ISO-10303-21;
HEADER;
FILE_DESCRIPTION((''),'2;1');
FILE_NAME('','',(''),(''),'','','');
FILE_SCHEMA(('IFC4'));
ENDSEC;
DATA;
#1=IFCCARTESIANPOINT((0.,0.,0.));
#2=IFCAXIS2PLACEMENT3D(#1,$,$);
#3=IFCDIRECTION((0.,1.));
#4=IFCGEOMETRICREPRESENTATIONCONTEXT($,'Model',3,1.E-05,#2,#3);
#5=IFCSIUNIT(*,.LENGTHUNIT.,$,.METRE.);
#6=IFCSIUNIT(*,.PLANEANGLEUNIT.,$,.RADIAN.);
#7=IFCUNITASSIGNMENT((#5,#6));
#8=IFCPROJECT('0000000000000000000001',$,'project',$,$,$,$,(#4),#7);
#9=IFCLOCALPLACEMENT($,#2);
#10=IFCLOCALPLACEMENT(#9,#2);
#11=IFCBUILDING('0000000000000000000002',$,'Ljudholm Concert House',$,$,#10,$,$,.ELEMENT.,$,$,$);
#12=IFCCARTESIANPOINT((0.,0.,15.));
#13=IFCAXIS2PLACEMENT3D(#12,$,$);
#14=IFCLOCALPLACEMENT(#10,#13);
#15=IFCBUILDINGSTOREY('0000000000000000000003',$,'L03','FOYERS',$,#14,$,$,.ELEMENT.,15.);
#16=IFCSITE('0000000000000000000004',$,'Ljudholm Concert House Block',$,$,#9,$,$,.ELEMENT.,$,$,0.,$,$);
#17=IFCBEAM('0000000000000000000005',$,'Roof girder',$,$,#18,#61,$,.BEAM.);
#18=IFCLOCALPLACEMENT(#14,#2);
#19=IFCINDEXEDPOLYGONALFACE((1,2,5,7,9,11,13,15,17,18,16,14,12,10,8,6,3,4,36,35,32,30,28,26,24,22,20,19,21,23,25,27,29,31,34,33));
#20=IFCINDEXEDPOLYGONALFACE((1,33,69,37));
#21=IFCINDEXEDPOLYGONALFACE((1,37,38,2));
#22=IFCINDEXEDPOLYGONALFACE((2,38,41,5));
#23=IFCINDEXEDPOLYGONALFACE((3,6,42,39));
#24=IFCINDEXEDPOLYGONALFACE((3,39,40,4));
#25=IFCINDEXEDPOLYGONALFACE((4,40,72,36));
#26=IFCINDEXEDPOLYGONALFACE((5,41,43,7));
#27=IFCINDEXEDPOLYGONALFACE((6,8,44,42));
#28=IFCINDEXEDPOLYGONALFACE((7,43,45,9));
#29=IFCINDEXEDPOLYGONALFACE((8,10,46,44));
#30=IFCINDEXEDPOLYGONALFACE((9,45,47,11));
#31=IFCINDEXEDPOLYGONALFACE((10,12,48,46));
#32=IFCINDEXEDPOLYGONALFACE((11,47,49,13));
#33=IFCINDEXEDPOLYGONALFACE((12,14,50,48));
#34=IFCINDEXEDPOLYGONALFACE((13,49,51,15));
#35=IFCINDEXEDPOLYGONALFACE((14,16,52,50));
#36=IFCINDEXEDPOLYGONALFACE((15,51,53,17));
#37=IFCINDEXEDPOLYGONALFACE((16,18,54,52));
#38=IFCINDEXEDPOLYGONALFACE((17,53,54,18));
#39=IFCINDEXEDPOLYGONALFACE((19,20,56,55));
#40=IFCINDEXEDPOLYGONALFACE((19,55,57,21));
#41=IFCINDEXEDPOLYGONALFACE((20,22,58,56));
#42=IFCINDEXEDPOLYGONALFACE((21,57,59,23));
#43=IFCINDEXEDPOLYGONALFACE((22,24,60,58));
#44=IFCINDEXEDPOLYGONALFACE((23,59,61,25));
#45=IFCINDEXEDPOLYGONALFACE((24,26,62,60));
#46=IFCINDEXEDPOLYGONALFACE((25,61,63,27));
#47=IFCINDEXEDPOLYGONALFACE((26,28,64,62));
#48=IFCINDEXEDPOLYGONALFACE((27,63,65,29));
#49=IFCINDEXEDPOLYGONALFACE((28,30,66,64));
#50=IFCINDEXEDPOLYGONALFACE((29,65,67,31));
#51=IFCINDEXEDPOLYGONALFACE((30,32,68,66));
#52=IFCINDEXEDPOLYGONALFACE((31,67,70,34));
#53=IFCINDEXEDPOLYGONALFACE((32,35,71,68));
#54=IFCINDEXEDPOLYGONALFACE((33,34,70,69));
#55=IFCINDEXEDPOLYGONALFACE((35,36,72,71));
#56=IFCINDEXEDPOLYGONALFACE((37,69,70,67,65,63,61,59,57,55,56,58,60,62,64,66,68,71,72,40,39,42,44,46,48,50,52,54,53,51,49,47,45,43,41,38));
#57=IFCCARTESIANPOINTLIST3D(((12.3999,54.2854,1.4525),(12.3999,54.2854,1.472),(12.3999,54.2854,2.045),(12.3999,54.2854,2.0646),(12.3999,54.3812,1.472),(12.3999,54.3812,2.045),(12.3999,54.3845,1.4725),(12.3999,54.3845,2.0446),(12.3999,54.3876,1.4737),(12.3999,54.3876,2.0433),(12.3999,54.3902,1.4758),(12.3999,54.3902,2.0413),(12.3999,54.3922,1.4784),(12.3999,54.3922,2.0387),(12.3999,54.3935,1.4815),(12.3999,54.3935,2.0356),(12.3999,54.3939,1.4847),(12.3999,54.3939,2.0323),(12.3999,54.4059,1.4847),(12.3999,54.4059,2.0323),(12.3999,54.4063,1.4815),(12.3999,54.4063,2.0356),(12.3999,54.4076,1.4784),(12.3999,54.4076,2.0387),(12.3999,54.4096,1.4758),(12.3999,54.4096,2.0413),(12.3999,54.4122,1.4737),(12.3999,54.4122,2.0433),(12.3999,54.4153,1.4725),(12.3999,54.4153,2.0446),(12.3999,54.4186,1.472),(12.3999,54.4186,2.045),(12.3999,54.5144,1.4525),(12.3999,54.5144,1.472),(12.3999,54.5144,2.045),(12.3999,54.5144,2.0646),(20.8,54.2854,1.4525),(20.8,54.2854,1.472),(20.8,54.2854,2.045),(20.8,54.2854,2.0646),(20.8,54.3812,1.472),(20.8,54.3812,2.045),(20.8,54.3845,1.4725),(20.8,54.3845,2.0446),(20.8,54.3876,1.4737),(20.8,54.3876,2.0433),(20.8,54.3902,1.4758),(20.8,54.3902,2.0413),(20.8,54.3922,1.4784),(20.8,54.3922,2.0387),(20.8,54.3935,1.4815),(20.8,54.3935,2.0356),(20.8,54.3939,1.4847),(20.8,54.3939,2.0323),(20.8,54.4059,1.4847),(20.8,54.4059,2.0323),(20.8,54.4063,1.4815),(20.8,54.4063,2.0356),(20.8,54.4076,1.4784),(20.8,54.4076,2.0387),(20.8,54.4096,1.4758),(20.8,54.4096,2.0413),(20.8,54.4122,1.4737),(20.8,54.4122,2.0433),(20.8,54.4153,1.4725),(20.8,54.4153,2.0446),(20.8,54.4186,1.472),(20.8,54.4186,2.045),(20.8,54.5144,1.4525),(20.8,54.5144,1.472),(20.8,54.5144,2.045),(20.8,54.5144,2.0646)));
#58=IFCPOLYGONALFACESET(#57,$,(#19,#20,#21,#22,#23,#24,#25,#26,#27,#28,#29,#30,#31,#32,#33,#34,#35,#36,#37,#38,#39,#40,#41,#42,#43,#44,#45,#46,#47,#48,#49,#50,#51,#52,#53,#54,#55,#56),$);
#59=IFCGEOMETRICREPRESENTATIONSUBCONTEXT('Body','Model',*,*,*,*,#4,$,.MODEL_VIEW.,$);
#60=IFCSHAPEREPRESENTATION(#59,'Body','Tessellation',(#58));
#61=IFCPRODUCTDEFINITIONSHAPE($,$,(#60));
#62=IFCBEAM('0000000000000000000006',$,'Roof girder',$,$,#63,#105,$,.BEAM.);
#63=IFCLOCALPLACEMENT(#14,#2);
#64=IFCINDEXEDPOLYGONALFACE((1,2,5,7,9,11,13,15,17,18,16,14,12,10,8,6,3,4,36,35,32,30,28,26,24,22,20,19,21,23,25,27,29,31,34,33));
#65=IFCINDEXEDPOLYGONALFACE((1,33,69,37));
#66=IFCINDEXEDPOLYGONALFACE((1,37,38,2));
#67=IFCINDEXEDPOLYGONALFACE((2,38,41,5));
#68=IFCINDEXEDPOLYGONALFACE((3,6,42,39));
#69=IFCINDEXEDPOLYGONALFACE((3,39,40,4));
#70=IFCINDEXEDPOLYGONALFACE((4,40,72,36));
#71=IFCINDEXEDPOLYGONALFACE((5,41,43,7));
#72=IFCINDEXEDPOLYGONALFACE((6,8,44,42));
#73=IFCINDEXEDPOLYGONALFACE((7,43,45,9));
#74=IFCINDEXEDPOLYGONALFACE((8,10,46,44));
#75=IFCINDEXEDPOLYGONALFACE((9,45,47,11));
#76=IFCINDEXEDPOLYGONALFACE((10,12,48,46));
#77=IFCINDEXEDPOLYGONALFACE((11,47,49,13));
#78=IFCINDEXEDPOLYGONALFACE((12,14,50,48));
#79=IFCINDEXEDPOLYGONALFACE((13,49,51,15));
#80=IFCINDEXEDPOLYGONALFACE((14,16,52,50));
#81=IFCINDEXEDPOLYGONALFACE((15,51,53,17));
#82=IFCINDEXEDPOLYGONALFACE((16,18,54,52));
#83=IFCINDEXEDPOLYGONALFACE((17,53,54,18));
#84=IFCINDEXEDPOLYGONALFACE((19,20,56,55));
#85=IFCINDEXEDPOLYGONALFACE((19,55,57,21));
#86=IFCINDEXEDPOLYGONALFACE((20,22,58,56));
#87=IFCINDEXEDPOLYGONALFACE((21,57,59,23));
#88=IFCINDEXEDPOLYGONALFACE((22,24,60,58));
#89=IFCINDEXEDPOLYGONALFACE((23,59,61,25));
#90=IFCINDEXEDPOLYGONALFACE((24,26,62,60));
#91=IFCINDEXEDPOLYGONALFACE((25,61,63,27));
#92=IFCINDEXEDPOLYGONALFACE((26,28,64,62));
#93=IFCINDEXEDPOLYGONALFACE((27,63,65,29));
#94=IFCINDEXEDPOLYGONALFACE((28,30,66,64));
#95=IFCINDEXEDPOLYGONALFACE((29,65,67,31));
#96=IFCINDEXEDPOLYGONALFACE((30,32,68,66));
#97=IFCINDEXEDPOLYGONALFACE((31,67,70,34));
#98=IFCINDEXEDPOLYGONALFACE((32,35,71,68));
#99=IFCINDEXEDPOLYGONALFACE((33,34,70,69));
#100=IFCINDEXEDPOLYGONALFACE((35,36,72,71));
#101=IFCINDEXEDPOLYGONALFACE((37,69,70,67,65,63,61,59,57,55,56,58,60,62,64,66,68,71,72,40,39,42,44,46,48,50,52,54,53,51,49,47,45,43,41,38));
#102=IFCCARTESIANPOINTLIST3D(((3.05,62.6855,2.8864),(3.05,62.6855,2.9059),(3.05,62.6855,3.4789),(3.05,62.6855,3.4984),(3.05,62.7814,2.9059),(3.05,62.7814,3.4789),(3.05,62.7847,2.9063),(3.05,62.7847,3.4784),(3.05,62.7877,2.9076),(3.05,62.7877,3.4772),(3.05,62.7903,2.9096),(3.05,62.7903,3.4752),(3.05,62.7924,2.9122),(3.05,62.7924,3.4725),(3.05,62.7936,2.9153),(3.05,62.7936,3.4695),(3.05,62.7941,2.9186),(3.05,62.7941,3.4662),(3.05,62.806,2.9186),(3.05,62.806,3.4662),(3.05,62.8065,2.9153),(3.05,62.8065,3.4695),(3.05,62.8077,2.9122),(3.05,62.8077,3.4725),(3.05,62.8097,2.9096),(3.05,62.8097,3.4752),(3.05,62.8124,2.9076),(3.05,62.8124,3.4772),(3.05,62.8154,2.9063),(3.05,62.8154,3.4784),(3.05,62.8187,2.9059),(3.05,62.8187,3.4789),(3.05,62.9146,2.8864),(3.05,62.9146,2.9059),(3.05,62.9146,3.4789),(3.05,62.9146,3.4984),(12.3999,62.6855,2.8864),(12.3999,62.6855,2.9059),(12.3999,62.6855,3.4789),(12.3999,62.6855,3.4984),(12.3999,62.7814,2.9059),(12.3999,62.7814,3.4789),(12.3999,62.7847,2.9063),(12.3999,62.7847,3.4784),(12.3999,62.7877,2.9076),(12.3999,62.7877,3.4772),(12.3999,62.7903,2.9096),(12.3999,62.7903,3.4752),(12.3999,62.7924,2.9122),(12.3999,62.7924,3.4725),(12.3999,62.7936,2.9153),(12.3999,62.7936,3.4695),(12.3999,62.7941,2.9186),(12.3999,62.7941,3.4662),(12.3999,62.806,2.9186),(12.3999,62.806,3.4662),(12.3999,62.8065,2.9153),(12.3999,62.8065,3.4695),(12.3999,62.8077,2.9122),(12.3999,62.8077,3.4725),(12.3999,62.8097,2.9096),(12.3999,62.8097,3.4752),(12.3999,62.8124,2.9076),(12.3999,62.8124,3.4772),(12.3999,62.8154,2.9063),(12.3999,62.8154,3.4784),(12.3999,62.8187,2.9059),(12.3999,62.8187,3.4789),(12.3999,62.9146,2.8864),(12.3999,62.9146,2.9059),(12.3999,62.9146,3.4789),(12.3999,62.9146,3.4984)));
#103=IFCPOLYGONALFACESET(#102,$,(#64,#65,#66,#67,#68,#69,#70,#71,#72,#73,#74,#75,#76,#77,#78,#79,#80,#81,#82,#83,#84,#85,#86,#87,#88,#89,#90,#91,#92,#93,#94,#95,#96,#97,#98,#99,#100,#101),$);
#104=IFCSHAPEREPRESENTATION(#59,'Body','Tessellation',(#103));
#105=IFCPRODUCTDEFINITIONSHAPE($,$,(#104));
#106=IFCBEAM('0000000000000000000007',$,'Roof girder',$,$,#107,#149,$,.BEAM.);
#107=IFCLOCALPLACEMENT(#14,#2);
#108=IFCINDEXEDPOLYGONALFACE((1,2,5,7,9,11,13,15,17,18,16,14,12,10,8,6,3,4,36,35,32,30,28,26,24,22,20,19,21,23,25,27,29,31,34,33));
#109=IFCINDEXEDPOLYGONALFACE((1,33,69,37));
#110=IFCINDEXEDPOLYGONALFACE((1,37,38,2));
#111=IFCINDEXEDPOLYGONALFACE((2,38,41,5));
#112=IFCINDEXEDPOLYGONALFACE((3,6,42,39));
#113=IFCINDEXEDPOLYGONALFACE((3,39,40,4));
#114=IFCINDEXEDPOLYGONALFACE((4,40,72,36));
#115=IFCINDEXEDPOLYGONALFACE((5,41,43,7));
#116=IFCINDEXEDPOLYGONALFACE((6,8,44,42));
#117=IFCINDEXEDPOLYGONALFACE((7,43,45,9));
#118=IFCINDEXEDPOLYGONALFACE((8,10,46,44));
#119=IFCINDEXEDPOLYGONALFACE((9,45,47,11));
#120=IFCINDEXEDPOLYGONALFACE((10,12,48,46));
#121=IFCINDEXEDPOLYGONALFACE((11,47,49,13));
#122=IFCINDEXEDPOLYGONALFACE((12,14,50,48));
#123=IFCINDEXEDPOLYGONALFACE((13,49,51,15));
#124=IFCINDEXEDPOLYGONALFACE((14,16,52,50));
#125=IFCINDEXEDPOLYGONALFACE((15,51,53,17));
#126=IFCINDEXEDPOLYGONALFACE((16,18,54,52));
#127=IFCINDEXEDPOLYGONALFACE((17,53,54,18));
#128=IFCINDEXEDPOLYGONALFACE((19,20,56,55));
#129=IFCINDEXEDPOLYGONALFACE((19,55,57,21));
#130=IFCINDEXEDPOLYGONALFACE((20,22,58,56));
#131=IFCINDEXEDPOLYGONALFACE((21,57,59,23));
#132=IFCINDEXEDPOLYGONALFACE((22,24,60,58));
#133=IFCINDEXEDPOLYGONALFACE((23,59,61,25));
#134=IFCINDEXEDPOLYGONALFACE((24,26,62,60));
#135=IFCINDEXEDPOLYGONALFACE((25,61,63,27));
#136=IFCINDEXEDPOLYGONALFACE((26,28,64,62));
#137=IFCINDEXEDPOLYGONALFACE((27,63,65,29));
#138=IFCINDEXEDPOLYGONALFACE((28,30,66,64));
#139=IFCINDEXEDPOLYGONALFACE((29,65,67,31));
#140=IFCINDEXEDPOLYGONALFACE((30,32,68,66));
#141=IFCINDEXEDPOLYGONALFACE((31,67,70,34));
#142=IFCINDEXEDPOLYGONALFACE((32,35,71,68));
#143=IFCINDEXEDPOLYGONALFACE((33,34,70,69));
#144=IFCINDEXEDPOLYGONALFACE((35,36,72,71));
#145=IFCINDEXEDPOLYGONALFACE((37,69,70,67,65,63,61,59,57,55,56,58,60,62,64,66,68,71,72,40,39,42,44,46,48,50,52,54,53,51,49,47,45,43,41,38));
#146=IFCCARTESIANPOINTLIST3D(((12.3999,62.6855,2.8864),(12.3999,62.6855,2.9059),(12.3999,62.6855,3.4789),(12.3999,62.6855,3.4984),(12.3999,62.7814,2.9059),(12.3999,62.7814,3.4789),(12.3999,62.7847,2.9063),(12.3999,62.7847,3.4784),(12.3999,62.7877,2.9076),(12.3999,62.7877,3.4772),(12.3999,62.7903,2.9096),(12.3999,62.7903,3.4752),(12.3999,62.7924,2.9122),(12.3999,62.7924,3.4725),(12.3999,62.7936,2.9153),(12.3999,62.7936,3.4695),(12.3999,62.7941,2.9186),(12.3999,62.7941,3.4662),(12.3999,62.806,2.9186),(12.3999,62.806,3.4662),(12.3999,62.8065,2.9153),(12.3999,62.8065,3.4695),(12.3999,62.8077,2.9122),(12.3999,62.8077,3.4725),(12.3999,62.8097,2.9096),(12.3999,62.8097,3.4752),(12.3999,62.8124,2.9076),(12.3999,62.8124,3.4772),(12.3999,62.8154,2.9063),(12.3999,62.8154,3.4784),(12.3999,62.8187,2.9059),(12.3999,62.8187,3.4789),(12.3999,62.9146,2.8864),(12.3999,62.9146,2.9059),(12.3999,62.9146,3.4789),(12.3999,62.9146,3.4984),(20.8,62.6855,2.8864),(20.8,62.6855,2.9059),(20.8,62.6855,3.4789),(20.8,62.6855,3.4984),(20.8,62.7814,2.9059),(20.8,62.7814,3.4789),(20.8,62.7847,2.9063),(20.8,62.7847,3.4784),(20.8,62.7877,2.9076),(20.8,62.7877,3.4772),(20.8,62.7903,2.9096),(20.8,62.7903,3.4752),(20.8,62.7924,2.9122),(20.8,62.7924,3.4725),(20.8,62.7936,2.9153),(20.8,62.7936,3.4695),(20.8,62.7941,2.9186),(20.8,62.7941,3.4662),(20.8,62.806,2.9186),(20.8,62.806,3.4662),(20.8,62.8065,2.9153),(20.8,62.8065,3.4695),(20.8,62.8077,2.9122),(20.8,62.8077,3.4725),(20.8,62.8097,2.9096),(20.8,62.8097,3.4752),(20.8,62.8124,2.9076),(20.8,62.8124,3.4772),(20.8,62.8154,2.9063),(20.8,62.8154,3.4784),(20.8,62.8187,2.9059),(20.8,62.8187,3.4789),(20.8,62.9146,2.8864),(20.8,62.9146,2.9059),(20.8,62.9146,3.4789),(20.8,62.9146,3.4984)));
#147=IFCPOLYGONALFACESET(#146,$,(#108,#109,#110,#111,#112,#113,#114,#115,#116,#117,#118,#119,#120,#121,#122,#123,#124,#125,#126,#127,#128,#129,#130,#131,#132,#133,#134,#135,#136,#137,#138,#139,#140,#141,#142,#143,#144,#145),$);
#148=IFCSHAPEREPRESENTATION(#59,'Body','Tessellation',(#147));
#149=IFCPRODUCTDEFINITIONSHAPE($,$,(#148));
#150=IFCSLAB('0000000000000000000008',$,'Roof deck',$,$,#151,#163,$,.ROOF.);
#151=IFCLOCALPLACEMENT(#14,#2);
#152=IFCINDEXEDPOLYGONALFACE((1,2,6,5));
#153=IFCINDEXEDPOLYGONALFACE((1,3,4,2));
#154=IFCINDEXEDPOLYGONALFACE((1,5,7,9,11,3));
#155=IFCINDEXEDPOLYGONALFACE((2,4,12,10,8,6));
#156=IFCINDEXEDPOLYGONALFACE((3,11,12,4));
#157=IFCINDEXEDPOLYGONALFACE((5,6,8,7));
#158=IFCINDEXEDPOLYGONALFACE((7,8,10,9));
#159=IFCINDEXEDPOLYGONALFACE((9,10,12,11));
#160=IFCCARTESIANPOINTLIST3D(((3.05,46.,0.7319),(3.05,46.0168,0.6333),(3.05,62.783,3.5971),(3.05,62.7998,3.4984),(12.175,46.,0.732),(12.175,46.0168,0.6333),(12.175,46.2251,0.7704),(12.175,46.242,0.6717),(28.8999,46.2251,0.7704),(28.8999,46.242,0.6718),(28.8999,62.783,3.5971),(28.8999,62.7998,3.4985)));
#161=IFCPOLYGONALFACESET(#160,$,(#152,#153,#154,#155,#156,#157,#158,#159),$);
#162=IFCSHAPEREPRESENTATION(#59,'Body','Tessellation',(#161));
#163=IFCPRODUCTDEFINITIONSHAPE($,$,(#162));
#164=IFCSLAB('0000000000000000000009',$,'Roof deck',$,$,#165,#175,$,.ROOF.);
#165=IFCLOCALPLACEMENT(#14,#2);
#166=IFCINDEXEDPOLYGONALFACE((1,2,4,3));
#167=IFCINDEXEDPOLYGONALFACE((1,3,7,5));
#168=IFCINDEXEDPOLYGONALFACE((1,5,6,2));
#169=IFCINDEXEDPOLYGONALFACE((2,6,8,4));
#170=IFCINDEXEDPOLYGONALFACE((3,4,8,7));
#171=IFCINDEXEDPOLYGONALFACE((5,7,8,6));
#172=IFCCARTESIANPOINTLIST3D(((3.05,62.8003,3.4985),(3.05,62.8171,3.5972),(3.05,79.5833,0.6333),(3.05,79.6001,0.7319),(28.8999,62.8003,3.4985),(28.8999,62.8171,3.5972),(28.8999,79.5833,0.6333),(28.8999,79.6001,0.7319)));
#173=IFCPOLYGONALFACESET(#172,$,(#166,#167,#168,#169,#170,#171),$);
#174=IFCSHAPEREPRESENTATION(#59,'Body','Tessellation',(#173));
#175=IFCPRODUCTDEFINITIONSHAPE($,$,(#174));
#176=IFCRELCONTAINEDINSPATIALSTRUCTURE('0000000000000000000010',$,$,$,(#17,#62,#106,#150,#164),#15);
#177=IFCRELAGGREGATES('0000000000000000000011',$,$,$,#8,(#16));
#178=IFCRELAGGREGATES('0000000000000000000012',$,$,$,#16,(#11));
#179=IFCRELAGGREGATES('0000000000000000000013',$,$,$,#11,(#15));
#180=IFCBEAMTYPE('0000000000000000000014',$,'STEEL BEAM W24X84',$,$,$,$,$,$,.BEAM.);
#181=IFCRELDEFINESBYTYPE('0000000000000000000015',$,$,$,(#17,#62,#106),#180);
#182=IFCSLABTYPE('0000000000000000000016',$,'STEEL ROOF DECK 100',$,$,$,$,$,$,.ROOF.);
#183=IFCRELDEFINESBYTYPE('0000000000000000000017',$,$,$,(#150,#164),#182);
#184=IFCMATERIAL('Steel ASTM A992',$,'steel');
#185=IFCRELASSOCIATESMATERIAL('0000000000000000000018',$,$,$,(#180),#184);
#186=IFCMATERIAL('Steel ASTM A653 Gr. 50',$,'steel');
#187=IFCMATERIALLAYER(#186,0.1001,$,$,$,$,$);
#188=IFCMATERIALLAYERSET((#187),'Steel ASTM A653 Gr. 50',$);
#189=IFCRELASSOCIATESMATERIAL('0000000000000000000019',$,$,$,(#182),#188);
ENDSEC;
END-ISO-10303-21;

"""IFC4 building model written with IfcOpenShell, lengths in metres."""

from ifc_helpers import new_model, si_unit, direction, frame, origin, origin_2d, place, context, subcontext, project, spatial, polyline, i_section, outline, extrude, material, layer, layer_set, material_profile, profile_set, type_object, element, save


model = new_model("IFC4")

# Units and contexts
model_context = context("Model", 3, precision=1e-05, world=origin(), true_north=direction((0.0, 1.0)))
body_context = subcontext(model_context, "Body", "Model", "MODEL_VIEW")
ifc_project = project(units=[si_unit("LENGTHUNIT", "METRE"), si_unit("PLANEANGLEUNIT", "RADIAN")], contexts=[model_context])

# Site, building, storey
site_placement = place(None, origin())
site = spatial("IfcSite", under=ifc_project, at=site_placement, Name="Ljudholm Concert House Block", CompositionType="ELEMENT", RefElevation=0.0)
building_placement = place(site_placement, origin())
building = spatial("IfcBuilding", under=site, at=building_placement, Name="Ljudholm Concert House", CompositionType="ELEMENT")
storey_placement = place(building_placement, frame((0.0, 0.0, 15.0)))
storey = spatial("IfcBuildingStorey", under=building, at=storey_placement, Name="L03", Description="FOYERS", CompositionType="ELEMENT", Elevation=15.0)

# Beams
ifc_material_1 = material(Name="Steel ASTM A992", Category="steel")
ifc_material_profile_1 = material_profile(ifc_material_1, i_section(OverallWidth=0.229, OverallDepth=0.6121, WebThickness=0.012, FlangeThickness=0.0195, FilletRadius=0.0127, at=origin_2d()), Name="W24X84")
ifc_profile_set_1 = profile_set([ifc_material_profile_1], Name="Steel ASTM A992")
beam_type_1 = type_object("IfcBeamType", Name="STEEL BEAM W24X84", PredefinedType="BEAM", material=ifc_profile_set_1)
beam_1_placement = place(storey_placement, frame((12.3999, 54.3999, 1.7585), z_axis=(1.0, 0.0, 0.0), x_axis=(0.0, 1.0, 0.0)))
element("IfcBeam", 1, at=beam_1_placement, inside=storey, type_object=beam_type_1, Name="Roof girder", PredefinedType="BEAM", context=body_context, shape_type="SweptSolid", body=[
    extrude(i_section(OverallWidth=0.229, OverallDepth=0.6121, WebThickness=0.012, FlangeThickness=0.0195, FilletRadius=0.0127, at=origin_2d()), origin(), (0.0, 0.0, 1.0), 8.4001),
])
beam_2_placement = place(storey_placement, frame((3.05, 62.8, 3.1924), z_axis=(1.0, 0.0, 0.0), x_axis=(0.0, 1.0, 0.0)))
element("IfcBeam", 2, at=beam_2_placement, inside=storey, type_object=beam_type_1, Name="Roof girder", PredefinedType="BEAM", context=body_context, shape_type="SweptSolid", body=[
    extrude(i_section(OverallWidth=0.229, OverallDepth=0.6121, WebThickness=0.012, FlangeThickness=0.0195, FilletRadius=0.0127, at=origin_2d()), origin(), (0.0, 0.0, 1.0), 9.3499),
])
beam_3_placement = place(storey_placement, frame((12.3999, 62.8, 3.1924), z_axis=(1.0, 0.0, 0.0), x_axis=(0.0, 1.0, 0.0)))
element("IfcBeam", 3, at=beam_3_placement, inside=storey, type_object=beam_type_1, Name="Roof girder", PredefinedType="BEAM", context=body_context, shape_type="SweptSolid", body=[
    extrude(i_section(OverallWidth=0.229, OverallDepth=0.6121, WebThickness=0.012, FlangeThickness=0.0195, FilletRadius=0.0127, at=origin_2d()), origin(), (0.0, 0.0, 1.0), 8.4001),
])

# Slabs
ifc_material_2 = material(Name="Steel ASTM A653 Gr. 50", Category="steel")
ifc_layer_1 = layer(ifc_material_2, 0.1001)
ifc_layer_set_1 = layer_set([ifc_layer_1], Name="Steel ASTM A653 Gr. 50")
slab_type = type_object("IfcSlabType", Name="STEEL ROOF DECK 100", PredefinedType="ROOF", material=ifc_layer_set_1)
slab_1_placement = place(storey_placement, frame((3.05, 46.0, 0.7319), z_axis=(-0.000003, -0.168283, 0.985739), x_axis=(1.0, 0.0, 0.000003)))
element("IfcSlab", 4, at=slab_1_placement, inside=storey, type_object=slab_type, Name="Roof deck", PredefinedType="ROOF", context=body_context, shape_type="SweptSolid", body=[
    extrude(outline(polyline([(0.0, 0.0), (9.125, 0.0), (9.125, 0.2284), (25.8499, 0.2284), (25.8499, 17.0258), (0.0, 17.0258), (0.0, 0.0)])), origin(), (0.0, 0.0, -1.0), 0.1001),
])
slab_2_placement = place(storey_placement, frame((3.05, 62.8171, 3.5972), z_axis=(0.0, 0.168288, 0.985738), x_axis=(1.0, 0.0, 0.0)))
element("IfcSlab", 5, at=slab_2_placement, inside=storey, type_object=slab_type, Name="Roof deck", PredefinedType="ROOF", context=body_context, shape_type="SweptSolid", body=[
    extrude(outline(polyline([(0.0, 0.0), (25.8499, 0.0), (25.8499, 17.0258), (0.0, 17.0258), (0.0, 0.0)])), origin(), (0.0, 0.0, -1.0), 0.1001),
])

save(model, "model.ifc")
